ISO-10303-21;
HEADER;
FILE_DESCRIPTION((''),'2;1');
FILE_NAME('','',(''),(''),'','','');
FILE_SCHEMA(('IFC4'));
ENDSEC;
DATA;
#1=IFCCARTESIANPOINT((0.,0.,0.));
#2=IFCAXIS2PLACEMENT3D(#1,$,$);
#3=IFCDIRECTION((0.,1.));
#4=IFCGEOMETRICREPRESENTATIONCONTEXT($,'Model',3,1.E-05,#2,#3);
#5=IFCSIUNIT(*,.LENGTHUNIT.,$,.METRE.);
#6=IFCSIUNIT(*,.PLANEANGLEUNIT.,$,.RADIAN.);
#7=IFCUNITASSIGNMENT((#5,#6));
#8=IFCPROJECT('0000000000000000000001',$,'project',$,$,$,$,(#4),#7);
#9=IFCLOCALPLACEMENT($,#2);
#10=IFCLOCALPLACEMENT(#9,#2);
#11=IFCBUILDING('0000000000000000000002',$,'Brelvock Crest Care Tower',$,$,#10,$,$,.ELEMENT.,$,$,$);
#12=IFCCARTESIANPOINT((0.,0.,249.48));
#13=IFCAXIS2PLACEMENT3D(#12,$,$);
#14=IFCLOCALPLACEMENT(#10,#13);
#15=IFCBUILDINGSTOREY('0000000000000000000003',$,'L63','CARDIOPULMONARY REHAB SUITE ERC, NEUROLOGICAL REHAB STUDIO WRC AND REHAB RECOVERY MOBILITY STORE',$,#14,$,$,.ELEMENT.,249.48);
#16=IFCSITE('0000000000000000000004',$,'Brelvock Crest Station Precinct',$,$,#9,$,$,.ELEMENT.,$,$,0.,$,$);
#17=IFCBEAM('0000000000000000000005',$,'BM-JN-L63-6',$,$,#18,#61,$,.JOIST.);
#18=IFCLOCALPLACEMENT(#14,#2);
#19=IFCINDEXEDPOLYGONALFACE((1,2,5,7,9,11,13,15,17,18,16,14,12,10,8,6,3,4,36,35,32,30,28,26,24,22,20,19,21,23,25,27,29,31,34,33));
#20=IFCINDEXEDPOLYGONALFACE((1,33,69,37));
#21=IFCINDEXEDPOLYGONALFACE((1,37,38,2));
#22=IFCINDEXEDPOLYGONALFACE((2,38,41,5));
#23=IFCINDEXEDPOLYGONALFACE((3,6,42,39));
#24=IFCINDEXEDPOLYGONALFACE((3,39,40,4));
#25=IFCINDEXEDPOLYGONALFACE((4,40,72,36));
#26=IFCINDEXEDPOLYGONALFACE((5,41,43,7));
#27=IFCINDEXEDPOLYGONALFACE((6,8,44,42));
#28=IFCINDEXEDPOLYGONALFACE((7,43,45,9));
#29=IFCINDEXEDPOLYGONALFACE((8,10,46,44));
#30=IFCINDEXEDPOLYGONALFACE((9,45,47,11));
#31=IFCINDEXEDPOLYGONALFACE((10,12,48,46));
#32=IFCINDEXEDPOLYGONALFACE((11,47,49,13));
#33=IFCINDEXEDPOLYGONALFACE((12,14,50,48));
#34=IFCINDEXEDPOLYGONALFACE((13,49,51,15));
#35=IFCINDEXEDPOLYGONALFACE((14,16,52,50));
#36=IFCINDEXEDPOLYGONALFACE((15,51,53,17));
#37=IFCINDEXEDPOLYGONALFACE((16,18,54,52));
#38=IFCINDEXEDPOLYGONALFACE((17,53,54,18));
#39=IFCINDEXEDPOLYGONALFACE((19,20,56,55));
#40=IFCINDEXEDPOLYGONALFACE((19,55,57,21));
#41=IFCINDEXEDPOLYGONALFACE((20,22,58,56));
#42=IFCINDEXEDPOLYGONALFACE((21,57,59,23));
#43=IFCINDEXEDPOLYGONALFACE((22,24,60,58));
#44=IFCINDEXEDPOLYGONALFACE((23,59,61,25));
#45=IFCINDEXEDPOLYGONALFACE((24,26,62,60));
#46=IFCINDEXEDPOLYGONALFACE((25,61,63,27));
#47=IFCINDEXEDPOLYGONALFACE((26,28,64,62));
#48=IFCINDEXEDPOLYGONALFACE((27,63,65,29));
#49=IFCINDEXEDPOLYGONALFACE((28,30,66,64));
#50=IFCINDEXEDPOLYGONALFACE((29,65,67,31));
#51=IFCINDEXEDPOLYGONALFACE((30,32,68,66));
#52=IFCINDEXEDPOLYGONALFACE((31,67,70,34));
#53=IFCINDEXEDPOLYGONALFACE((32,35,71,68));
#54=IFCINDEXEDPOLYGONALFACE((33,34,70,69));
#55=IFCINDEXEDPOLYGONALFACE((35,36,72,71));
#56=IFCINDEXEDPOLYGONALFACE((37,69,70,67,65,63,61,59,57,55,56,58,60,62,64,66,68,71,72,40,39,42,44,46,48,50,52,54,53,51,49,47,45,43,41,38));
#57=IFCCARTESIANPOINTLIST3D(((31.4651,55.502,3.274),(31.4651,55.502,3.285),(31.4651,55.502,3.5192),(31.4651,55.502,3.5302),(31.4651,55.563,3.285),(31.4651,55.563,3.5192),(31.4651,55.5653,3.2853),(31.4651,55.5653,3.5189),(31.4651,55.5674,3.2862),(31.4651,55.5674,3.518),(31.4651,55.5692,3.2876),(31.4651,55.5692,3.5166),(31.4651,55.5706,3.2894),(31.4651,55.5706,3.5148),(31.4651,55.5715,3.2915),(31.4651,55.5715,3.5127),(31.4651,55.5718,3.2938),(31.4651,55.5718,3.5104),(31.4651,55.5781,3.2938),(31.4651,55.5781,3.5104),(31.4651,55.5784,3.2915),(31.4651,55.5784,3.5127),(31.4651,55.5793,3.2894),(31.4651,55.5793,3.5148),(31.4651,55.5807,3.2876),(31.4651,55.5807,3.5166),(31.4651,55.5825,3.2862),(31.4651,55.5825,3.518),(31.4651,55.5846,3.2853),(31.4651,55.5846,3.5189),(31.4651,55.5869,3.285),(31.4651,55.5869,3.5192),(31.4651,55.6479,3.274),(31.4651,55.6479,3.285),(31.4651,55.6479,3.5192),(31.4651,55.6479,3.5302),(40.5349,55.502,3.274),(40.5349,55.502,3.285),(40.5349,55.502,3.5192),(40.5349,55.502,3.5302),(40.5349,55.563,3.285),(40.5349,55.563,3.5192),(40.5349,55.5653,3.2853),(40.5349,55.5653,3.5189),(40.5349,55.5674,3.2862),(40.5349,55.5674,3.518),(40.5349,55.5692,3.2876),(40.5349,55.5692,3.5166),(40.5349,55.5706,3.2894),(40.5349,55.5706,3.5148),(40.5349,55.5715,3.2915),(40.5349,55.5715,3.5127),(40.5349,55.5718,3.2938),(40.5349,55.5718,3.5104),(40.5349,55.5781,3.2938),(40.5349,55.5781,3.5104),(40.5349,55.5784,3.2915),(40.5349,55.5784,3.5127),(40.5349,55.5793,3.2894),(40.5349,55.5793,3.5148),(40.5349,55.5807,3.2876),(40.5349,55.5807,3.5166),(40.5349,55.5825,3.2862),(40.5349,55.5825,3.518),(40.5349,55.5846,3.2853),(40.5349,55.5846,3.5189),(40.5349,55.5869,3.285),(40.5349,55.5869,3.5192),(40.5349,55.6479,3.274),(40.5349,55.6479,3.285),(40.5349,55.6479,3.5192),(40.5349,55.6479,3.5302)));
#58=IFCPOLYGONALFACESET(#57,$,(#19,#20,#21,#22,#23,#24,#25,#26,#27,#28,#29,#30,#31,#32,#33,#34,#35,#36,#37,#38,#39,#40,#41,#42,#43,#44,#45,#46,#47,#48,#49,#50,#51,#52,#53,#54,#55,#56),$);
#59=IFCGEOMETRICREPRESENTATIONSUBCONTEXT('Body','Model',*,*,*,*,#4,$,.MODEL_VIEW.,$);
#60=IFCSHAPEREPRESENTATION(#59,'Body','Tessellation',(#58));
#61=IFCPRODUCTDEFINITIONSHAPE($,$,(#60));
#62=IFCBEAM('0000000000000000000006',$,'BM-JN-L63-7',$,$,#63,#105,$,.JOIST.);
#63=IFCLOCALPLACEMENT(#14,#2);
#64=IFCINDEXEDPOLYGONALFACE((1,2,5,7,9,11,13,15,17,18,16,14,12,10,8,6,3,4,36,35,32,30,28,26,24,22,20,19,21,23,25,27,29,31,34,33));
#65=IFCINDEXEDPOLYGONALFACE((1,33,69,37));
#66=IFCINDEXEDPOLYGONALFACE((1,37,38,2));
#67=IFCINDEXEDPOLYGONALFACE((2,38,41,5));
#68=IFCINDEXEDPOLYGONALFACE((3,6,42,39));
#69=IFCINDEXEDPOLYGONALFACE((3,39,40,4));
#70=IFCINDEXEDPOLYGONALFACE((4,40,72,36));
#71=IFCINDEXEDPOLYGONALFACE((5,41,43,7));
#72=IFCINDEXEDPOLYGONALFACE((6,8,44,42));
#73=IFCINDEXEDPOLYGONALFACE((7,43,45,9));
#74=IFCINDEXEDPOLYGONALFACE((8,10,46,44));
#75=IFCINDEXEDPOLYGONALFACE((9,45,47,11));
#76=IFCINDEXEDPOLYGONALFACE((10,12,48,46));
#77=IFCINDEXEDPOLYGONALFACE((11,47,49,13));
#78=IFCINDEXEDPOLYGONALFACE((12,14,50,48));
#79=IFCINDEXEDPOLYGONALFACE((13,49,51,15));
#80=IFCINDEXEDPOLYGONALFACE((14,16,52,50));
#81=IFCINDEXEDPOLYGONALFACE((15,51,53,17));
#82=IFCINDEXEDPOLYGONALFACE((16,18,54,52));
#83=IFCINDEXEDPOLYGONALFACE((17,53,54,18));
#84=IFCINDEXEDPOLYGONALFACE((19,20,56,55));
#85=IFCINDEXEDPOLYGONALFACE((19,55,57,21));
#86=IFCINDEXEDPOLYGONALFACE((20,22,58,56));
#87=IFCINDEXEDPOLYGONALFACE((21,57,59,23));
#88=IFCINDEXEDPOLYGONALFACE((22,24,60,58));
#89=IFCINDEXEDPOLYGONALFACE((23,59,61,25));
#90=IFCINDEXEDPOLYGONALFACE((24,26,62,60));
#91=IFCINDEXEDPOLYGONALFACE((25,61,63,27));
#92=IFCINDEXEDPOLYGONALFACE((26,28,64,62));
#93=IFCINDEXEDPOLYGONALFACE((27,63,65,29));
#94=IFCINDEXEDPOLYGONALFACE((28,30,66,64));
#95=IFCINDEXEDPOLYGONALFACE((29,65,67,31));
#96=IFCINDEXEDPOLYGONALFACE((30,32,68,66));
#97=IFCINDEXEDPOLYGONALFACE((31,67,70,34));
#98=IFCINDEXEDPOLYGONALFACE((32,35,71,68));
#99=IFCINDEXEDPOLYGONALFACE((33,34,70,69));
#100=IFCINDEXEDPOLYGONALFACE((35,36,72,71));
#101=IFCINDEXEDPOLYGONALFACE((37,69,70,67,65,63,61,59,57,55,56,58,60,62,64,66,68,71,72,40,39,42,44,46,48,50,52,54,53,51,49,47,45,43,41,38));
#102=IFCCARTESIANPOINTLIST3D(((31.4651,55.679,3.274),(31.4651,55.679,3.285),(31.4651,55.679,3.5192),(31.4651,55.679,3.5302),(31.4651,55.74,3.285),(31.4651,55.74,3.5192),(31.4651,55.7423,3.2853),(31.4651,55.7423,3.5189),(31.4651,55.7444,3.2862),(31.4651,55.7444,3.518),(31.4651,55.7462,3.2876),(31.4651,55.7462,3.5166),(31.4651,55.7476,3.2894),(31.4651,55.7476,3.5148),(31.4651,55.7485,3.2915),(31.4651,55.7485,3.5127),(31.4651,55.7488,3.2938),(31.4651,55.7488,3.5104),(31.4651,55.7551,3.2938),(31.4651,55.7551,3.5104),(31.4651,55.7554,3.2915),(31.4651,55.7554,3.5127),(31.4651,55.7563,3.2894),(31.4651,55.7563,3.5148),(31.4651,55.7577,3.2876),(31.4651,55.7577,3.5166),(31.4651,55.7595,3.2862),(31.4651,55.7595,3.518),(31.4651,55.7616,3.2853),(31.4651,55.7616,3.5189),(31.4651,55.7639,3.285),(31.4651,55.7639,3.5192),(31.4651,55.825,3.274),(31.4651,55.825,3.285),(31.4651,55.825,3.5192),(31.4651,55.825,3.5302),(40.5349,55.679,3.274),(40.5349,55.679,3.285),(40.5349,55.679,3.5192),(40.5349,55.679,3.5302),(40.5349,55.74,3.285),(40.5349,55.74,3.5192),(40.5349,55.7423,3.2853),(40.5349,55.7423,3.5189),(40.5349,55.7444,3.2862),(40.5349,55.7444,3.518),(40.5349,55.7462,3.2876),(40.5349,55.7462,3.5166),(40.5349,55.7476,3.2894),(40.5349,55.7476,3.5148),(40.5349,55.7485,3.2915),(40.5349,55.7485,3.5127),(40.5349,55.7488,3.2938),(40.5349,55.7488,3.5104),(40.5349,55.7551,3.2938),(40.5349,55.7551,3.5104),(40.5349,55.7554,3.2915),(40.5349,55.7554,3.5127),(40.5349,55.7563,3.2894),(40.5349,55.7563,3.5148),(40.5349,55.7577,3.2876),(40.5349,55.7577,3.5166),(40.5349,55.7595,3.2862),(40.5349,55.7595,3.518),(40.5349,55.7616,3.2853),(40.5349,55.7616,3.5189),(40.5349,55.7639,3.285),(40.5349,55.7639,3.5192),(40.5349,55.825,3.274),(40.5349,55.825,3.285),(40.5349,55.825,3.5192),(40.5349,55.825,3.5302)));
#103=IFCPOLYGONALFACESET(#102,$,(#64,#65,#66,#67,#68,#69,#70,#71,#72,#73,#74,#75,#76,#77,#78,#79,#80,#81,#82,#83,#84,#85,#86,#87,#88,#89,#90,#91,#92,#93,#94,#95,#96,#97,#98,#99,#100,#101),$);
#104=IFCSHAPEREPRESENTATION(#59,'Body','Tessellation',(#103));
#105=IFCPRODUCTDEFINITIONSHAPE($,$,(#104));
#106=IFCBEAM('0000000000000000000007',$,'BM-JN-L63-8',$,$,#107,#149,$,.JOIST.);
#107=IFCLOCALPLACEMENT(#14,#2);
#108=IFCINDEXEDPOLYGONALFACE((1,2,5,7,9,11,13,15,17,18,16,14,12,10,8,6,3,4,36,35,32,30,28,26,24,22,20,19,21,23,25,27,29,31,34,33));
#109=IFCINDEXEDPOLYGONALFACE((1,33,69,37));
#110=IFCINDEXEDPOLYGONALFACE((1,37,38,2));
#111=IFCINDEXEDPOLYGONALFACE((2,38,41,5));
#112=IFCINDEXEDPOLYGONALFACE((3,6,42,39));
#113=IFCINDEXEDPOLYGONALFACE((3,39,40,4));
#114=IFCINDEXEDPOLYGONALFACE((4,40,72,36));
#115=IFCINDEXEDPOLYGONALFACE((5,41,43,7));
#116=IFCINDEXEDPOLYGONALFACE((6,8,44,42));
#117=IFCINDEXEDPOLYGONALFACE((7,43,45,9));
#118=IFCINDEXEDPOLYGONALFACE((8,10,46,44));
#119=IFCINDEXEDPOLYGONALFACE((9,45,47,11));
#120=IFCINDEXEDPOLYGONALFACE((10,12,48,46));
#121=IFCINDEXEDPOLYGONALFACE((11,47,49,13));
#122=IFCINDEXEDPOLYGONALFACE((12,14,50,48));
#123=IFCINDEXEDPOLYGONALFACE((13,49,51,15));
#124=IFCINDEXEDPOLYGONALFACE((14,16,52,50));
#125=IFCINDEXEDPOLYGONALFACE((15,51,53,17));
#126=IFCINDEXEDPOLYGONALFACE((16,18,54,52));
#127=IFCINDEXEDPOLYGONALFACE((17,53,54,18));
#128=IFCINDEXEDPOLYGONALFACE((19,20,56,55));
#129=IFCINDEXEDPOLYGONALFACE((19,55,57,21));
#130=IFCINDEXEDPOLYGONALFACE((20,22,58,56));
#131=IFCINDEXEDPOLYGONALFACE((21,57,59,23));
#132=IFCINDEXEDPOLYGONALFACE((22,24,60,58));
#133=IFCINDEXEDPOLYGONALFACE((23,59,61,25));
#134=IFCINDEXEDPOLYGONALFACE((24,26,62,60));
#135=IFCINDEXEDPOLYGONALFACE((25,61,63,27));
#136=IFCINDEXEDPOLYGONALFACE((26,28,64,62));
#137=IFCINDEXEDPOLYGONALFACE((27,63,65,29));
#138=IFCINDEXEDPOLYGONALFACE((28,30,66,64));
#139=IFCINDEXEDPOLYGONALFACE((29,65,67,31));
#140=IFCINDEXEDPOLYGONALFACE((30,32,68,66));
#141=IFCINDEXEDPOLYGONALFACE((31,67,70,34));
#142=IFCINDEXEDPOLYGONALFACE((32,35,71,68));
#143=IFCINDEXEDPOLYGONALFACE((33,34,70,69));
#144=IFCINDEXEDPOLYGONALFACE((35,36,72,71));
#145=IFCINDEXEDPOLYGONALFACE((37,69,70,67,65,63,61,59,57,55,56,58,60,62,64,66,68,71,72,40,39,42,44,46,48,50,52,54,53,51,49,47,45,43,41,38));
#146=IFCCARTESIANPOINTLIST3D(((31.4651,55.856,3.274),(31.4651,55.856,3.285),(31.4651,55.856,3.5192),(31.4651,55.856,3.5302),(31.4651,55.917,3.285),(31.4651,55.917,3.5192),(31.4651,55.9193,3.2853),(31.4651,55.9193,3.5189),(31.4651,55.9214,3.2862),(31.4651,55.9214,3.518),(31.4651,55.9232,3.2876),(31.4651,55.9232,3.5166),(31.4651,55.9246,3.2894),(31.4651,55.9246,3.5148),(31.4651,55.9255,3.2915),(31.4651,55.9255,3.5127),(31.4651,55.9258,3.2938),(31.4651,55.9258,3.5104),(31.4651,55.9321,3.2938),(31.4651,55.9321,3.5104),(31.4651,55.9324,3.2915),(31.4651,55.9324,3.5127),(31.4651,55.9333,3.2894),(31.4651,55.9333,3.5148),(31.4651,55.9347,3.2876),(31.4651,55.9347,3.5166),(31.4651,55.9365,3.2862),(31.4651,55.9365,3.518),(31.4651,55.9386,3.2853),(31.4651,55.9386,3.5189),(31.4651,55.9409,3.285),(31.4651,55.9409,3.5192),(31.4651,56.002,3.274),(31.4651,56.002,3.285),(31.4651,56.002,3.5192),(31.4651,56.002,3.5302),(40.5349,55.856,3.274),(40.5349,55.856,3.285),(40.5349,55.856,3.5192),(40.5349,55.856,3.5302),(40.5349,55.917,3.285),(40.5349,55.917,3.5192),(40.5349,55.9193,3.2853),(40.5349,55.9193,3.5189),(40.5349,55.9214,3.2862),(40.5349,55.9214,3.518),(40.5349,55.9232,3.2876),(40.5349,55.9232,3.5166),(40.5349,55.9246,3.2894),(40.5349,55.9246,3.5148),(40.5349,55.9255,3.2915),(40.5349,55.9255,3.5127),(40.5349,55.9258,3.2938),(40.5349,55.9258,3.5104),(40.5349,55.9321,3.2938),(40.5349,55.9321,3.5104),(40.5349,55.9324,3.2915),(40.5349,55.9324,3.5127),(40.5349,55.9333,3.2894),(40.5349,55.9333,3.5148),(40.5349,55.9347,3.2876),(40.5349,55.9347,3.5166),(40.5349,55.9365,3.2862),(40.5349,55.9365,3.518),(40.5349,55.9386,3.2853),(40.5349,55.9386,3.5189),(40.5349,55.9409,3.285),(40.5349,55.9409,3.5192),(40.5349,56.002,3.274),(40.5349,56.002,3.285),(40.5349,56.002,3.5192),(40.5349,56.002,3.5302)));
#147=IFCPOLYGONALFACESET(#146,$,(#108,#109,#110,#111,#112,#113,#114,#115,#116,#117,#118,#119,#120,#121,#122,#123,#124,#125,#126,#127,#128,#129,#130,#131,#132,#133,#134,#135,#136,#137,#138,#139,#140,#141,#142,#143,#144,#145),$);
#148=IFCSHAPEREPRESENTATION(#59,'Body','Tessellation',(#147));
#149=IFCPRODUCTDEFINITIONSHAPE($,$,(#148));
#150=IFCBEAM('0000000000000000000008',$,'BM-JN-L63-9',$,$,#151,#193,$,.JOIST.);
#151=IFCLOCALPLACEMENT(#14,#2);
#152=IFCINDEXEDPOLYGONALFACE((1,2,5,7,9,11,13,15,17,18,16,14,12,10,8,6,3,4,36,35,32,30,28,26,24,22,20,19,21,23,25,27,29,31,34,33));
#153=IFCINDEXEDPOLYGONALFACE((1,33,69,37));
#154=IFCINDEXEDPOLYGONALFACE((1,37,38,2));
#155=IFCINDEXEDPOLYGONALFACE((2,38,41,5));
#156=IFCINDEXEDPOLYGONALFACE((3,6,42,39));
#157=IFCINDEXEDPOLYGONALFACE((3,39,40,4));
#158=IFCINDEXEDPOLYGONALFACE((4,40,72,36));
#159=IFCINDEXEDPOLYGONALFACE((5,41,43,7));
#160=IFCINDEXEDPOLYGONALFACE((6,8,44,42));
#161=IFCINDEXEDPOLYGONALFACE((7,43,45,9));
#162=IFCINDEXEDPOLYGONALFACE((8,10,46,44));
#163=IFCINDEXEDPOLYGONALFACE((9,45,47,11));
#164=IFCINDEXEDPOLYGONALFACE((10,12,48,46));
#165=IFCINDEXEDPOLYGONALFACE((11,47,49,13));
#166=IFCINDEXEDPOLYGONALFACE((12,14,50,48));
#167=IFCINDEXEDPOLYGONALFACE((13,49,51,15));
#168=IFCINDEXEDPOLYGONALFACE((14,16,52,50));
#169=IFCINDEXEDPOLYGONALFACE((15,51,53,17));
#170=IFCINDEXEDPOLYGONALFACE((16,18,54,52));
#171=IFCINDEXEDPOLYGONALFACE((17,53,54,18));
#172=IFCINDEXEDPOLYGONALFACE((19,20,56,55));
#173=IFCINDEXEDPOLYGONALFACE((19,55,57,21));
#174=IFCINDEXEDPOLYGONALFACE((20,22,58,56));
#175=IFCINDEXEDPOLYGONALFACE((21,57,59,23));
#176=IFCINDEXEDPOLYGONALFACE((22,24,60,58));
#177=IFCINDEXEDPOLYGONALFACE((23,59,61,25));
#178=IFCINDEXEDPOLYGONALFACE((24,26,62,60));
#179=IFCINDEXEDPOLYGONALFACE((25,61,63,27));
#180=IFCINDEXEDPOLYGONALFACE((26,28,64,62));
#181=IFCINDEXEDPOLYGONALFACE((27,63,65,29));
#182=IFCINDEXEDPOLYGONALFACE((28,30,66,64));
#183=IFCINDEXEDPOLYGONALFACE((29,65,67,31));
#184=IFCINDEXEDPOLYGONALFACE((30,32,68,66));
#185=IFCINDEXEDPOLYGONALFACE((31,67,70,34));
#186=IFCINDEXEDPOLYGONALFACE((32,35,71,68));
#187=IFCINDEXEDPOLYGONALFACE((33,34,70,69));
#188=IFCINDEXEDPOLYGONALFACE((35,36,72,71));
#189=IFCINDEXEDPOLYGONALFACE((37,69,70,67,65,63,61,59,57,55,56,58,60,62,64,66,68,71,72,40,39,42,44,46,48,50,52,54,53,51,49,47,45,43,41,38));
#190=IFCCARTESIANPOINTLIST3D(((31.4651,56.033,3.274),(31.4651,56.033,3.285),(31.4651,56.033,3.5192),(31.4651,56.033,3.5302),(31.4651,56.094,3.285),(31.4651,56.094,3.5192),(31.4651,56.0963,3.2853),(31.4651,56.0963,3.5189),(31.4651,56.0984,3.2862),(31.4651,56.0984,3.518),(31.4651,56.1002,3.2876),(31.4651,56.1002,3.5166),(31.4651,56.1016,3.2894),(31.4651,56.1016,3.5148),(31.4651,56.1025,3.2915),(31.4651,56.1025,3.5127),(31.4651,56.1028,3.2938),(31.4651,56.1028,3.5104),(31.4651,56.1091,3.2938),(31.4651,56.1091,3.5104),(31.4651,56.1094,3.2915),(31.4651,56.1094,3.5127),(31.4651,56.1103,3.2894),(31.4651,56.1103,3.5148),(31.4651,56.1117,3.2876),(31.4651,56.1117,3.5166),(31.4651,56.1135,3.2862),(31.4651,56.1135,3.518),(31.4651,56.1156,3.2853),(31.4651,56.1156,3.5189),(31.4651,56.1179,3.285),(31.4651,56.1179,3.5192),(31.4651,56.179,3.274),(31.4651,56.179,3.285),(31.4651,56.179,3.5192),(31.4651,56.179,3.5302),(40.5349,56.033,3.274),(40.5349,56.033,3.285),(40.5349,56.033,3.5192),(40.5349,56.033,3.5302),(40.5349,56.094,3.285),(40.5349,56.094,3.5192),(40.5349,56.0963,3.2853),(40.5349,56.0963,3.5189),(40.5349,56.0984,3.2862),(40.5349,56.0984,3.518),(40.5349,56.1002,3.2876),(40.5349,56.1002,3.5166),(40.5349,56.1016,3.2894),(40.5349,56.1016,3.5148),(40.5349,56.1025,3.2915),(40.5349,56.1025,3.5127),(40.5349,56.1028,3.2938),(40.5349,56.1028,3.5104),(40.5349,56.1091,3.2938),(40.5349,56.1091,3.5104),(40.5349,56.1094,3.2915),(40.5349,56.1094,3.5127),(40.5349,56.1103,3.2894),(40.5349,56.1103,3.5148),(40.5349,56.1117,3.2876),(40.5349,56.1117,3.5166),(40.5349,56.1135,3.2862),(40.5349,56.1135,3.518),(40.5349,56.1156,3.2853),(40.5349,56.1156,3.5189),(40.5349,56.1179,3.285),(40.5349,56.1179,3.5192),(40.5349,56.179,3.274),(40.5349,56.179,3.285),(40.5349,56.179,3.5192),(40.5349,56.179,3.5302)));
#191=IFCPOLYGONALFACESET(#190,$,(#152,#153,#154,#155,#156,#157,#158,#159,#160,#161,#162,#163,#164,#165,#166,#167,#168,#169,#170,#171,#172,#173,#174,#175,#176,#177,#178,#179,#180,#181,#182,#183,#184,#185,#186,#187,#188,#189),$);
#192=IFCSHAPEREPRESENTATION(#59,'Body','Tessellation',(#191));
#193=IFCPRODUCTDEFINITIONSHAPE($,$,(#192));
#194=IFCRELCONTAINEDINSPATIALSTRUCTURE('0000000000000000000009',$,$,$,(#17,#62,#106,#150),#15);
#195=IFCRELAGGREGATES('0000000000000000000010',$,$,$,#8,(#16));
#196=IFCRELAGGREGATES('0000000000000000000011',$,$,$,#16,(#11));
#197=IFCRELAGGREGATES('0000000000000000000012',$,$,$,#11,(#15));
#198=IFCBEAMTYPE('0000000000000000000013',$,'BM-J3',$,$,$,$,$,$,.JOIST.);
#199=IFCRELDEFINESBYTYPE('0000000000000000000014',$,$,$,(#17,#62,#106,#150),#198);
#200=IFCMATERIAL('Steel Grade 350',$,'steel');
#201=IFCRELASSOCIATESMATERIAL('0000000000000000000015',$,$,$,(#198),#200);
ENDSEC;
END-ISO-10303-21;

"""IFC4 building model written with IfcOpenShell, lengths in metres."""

from ifc_helpers import new_model, si_unit, direction, frame, origin, origin_2d, place, context, subcontext, project, spatial, i_section, extrude, source, transform, mapped, material, material_profile, profile_set, type_object, element, save


model = new_model("IFC4")

# Units and contexts
model_context = context("Model", 3, precision=1e-05, world=origin(), true_north=direction((0.0, 1.0)))
body_context = subcontext(model_context, "Body", "Model", "MODEL_VIEW")
ifc_project = project(units=[si_unit("LENGTHUNIT", "METRE"), si_unit("PLANEANGLEUNIT", "RADIAN")], contexts=[model_context])

# Site, building, storey
site_placement = place(None, origin())
site = spatial("IfcSite", under=ifc_project, at=site_placement, Name="Brelvock Crest Station Precinct", CompositionType="ELEMENT", RefElevation=0.0)
building_placement = place(site_placement, origin())
building = spatial("IfcBuilding", under=site, at=building_placement, Name="Brelvock Crest Care Tower", CompositionType="ELEMENT")
storey_placement = place(building_placement, frame((0.0, 0.0, 249.48)))
storey = spatial("IfcBuildingStorey", under=building, at=storey_placement, Name="L63", Description="CARDIOPULMONARY REHAB SUITE ERC, NEUROLOGICAL REHAB STUDIO WRC AND REHAB RECOVERY MOBILITY STORE", CompositionType="ELEMENT", Elevation=249.48)

# Shared definitions
ifc_material_1 = material(Name="Steel Grade 350", Category="steel")

# Beams
ifc_material_profile_1 = material_profile(ifc_material_1, i_section(OverallWidth=0.146, OverallDepth=0.2561, WebThickness=0.0063, FlangeThickness=0.011, FilletRadius=0.0088, at=origin_2d()), Name="250UB37.3")
ifc_profile_set_1 = profile_set([ifc_material_profile_1], Name="Steel Grade 350")
beam_type_1 = type_object("IfcBeamType", Name="BM-J3", PredefinedType="JOIST", material=ifc_profile_set_1)
shared_shape_1 = source(origin(), body_context, "Body", "SweptSolid", [
    extrude(i_section(OverallWidth=0.146, OverallDepth=0.2561, WebThickness=0.0063, FlangeThickness=0.011, FilletRadius=0.0088, at=origin_2d()), origin(), (0.0, 0.0, 1.0), 9.0698),
])
for number, where, z_axis, x_axis, name in (
    (1, (31.4651, 55.575, 3.4021), (1.0, 0.0, 0.0), (0.0, 1.0, 0.0), "BM-JN-L63-6"),
    (2, (31.4651, 55.752, 3.4021), (1.0, 0.0, 0.0), (0.0, 1.0, 0.0), "BM-JN-L63-7"),
    (3, (31.4651, 55.929, 3.4021), (1.0, 0.0, 0.0), (0.0, 1.0, 0.0), "BM-JN-L63-8"),
    (4, (31.4651, 56.106, 3.4021), (1.0, 0.0, 0.0), (0.0, 1.0, 0.0), "BM-JN-L63-9"),
):
    element("IfcBeam", number, at=place(storey_placement, frame(where, z_axis=z_axis, x_axis=x_axis)), inside=storey, type_object=beam_type_1, Name=name, PredefinedType="JOIST", context=body_context, shape_type="MappedRepresentation", body=[
        mapped(shared_shape_1, transform((0.0, 0.0, 0.0), x_axis=(1.0, 0.0, 0.0), y_axis=(0.0, 1.0, 0.0), z_axis=(0.0, 0.0, 1.0), scale=1.0)),
    ])

save(model, "model.ifc")
